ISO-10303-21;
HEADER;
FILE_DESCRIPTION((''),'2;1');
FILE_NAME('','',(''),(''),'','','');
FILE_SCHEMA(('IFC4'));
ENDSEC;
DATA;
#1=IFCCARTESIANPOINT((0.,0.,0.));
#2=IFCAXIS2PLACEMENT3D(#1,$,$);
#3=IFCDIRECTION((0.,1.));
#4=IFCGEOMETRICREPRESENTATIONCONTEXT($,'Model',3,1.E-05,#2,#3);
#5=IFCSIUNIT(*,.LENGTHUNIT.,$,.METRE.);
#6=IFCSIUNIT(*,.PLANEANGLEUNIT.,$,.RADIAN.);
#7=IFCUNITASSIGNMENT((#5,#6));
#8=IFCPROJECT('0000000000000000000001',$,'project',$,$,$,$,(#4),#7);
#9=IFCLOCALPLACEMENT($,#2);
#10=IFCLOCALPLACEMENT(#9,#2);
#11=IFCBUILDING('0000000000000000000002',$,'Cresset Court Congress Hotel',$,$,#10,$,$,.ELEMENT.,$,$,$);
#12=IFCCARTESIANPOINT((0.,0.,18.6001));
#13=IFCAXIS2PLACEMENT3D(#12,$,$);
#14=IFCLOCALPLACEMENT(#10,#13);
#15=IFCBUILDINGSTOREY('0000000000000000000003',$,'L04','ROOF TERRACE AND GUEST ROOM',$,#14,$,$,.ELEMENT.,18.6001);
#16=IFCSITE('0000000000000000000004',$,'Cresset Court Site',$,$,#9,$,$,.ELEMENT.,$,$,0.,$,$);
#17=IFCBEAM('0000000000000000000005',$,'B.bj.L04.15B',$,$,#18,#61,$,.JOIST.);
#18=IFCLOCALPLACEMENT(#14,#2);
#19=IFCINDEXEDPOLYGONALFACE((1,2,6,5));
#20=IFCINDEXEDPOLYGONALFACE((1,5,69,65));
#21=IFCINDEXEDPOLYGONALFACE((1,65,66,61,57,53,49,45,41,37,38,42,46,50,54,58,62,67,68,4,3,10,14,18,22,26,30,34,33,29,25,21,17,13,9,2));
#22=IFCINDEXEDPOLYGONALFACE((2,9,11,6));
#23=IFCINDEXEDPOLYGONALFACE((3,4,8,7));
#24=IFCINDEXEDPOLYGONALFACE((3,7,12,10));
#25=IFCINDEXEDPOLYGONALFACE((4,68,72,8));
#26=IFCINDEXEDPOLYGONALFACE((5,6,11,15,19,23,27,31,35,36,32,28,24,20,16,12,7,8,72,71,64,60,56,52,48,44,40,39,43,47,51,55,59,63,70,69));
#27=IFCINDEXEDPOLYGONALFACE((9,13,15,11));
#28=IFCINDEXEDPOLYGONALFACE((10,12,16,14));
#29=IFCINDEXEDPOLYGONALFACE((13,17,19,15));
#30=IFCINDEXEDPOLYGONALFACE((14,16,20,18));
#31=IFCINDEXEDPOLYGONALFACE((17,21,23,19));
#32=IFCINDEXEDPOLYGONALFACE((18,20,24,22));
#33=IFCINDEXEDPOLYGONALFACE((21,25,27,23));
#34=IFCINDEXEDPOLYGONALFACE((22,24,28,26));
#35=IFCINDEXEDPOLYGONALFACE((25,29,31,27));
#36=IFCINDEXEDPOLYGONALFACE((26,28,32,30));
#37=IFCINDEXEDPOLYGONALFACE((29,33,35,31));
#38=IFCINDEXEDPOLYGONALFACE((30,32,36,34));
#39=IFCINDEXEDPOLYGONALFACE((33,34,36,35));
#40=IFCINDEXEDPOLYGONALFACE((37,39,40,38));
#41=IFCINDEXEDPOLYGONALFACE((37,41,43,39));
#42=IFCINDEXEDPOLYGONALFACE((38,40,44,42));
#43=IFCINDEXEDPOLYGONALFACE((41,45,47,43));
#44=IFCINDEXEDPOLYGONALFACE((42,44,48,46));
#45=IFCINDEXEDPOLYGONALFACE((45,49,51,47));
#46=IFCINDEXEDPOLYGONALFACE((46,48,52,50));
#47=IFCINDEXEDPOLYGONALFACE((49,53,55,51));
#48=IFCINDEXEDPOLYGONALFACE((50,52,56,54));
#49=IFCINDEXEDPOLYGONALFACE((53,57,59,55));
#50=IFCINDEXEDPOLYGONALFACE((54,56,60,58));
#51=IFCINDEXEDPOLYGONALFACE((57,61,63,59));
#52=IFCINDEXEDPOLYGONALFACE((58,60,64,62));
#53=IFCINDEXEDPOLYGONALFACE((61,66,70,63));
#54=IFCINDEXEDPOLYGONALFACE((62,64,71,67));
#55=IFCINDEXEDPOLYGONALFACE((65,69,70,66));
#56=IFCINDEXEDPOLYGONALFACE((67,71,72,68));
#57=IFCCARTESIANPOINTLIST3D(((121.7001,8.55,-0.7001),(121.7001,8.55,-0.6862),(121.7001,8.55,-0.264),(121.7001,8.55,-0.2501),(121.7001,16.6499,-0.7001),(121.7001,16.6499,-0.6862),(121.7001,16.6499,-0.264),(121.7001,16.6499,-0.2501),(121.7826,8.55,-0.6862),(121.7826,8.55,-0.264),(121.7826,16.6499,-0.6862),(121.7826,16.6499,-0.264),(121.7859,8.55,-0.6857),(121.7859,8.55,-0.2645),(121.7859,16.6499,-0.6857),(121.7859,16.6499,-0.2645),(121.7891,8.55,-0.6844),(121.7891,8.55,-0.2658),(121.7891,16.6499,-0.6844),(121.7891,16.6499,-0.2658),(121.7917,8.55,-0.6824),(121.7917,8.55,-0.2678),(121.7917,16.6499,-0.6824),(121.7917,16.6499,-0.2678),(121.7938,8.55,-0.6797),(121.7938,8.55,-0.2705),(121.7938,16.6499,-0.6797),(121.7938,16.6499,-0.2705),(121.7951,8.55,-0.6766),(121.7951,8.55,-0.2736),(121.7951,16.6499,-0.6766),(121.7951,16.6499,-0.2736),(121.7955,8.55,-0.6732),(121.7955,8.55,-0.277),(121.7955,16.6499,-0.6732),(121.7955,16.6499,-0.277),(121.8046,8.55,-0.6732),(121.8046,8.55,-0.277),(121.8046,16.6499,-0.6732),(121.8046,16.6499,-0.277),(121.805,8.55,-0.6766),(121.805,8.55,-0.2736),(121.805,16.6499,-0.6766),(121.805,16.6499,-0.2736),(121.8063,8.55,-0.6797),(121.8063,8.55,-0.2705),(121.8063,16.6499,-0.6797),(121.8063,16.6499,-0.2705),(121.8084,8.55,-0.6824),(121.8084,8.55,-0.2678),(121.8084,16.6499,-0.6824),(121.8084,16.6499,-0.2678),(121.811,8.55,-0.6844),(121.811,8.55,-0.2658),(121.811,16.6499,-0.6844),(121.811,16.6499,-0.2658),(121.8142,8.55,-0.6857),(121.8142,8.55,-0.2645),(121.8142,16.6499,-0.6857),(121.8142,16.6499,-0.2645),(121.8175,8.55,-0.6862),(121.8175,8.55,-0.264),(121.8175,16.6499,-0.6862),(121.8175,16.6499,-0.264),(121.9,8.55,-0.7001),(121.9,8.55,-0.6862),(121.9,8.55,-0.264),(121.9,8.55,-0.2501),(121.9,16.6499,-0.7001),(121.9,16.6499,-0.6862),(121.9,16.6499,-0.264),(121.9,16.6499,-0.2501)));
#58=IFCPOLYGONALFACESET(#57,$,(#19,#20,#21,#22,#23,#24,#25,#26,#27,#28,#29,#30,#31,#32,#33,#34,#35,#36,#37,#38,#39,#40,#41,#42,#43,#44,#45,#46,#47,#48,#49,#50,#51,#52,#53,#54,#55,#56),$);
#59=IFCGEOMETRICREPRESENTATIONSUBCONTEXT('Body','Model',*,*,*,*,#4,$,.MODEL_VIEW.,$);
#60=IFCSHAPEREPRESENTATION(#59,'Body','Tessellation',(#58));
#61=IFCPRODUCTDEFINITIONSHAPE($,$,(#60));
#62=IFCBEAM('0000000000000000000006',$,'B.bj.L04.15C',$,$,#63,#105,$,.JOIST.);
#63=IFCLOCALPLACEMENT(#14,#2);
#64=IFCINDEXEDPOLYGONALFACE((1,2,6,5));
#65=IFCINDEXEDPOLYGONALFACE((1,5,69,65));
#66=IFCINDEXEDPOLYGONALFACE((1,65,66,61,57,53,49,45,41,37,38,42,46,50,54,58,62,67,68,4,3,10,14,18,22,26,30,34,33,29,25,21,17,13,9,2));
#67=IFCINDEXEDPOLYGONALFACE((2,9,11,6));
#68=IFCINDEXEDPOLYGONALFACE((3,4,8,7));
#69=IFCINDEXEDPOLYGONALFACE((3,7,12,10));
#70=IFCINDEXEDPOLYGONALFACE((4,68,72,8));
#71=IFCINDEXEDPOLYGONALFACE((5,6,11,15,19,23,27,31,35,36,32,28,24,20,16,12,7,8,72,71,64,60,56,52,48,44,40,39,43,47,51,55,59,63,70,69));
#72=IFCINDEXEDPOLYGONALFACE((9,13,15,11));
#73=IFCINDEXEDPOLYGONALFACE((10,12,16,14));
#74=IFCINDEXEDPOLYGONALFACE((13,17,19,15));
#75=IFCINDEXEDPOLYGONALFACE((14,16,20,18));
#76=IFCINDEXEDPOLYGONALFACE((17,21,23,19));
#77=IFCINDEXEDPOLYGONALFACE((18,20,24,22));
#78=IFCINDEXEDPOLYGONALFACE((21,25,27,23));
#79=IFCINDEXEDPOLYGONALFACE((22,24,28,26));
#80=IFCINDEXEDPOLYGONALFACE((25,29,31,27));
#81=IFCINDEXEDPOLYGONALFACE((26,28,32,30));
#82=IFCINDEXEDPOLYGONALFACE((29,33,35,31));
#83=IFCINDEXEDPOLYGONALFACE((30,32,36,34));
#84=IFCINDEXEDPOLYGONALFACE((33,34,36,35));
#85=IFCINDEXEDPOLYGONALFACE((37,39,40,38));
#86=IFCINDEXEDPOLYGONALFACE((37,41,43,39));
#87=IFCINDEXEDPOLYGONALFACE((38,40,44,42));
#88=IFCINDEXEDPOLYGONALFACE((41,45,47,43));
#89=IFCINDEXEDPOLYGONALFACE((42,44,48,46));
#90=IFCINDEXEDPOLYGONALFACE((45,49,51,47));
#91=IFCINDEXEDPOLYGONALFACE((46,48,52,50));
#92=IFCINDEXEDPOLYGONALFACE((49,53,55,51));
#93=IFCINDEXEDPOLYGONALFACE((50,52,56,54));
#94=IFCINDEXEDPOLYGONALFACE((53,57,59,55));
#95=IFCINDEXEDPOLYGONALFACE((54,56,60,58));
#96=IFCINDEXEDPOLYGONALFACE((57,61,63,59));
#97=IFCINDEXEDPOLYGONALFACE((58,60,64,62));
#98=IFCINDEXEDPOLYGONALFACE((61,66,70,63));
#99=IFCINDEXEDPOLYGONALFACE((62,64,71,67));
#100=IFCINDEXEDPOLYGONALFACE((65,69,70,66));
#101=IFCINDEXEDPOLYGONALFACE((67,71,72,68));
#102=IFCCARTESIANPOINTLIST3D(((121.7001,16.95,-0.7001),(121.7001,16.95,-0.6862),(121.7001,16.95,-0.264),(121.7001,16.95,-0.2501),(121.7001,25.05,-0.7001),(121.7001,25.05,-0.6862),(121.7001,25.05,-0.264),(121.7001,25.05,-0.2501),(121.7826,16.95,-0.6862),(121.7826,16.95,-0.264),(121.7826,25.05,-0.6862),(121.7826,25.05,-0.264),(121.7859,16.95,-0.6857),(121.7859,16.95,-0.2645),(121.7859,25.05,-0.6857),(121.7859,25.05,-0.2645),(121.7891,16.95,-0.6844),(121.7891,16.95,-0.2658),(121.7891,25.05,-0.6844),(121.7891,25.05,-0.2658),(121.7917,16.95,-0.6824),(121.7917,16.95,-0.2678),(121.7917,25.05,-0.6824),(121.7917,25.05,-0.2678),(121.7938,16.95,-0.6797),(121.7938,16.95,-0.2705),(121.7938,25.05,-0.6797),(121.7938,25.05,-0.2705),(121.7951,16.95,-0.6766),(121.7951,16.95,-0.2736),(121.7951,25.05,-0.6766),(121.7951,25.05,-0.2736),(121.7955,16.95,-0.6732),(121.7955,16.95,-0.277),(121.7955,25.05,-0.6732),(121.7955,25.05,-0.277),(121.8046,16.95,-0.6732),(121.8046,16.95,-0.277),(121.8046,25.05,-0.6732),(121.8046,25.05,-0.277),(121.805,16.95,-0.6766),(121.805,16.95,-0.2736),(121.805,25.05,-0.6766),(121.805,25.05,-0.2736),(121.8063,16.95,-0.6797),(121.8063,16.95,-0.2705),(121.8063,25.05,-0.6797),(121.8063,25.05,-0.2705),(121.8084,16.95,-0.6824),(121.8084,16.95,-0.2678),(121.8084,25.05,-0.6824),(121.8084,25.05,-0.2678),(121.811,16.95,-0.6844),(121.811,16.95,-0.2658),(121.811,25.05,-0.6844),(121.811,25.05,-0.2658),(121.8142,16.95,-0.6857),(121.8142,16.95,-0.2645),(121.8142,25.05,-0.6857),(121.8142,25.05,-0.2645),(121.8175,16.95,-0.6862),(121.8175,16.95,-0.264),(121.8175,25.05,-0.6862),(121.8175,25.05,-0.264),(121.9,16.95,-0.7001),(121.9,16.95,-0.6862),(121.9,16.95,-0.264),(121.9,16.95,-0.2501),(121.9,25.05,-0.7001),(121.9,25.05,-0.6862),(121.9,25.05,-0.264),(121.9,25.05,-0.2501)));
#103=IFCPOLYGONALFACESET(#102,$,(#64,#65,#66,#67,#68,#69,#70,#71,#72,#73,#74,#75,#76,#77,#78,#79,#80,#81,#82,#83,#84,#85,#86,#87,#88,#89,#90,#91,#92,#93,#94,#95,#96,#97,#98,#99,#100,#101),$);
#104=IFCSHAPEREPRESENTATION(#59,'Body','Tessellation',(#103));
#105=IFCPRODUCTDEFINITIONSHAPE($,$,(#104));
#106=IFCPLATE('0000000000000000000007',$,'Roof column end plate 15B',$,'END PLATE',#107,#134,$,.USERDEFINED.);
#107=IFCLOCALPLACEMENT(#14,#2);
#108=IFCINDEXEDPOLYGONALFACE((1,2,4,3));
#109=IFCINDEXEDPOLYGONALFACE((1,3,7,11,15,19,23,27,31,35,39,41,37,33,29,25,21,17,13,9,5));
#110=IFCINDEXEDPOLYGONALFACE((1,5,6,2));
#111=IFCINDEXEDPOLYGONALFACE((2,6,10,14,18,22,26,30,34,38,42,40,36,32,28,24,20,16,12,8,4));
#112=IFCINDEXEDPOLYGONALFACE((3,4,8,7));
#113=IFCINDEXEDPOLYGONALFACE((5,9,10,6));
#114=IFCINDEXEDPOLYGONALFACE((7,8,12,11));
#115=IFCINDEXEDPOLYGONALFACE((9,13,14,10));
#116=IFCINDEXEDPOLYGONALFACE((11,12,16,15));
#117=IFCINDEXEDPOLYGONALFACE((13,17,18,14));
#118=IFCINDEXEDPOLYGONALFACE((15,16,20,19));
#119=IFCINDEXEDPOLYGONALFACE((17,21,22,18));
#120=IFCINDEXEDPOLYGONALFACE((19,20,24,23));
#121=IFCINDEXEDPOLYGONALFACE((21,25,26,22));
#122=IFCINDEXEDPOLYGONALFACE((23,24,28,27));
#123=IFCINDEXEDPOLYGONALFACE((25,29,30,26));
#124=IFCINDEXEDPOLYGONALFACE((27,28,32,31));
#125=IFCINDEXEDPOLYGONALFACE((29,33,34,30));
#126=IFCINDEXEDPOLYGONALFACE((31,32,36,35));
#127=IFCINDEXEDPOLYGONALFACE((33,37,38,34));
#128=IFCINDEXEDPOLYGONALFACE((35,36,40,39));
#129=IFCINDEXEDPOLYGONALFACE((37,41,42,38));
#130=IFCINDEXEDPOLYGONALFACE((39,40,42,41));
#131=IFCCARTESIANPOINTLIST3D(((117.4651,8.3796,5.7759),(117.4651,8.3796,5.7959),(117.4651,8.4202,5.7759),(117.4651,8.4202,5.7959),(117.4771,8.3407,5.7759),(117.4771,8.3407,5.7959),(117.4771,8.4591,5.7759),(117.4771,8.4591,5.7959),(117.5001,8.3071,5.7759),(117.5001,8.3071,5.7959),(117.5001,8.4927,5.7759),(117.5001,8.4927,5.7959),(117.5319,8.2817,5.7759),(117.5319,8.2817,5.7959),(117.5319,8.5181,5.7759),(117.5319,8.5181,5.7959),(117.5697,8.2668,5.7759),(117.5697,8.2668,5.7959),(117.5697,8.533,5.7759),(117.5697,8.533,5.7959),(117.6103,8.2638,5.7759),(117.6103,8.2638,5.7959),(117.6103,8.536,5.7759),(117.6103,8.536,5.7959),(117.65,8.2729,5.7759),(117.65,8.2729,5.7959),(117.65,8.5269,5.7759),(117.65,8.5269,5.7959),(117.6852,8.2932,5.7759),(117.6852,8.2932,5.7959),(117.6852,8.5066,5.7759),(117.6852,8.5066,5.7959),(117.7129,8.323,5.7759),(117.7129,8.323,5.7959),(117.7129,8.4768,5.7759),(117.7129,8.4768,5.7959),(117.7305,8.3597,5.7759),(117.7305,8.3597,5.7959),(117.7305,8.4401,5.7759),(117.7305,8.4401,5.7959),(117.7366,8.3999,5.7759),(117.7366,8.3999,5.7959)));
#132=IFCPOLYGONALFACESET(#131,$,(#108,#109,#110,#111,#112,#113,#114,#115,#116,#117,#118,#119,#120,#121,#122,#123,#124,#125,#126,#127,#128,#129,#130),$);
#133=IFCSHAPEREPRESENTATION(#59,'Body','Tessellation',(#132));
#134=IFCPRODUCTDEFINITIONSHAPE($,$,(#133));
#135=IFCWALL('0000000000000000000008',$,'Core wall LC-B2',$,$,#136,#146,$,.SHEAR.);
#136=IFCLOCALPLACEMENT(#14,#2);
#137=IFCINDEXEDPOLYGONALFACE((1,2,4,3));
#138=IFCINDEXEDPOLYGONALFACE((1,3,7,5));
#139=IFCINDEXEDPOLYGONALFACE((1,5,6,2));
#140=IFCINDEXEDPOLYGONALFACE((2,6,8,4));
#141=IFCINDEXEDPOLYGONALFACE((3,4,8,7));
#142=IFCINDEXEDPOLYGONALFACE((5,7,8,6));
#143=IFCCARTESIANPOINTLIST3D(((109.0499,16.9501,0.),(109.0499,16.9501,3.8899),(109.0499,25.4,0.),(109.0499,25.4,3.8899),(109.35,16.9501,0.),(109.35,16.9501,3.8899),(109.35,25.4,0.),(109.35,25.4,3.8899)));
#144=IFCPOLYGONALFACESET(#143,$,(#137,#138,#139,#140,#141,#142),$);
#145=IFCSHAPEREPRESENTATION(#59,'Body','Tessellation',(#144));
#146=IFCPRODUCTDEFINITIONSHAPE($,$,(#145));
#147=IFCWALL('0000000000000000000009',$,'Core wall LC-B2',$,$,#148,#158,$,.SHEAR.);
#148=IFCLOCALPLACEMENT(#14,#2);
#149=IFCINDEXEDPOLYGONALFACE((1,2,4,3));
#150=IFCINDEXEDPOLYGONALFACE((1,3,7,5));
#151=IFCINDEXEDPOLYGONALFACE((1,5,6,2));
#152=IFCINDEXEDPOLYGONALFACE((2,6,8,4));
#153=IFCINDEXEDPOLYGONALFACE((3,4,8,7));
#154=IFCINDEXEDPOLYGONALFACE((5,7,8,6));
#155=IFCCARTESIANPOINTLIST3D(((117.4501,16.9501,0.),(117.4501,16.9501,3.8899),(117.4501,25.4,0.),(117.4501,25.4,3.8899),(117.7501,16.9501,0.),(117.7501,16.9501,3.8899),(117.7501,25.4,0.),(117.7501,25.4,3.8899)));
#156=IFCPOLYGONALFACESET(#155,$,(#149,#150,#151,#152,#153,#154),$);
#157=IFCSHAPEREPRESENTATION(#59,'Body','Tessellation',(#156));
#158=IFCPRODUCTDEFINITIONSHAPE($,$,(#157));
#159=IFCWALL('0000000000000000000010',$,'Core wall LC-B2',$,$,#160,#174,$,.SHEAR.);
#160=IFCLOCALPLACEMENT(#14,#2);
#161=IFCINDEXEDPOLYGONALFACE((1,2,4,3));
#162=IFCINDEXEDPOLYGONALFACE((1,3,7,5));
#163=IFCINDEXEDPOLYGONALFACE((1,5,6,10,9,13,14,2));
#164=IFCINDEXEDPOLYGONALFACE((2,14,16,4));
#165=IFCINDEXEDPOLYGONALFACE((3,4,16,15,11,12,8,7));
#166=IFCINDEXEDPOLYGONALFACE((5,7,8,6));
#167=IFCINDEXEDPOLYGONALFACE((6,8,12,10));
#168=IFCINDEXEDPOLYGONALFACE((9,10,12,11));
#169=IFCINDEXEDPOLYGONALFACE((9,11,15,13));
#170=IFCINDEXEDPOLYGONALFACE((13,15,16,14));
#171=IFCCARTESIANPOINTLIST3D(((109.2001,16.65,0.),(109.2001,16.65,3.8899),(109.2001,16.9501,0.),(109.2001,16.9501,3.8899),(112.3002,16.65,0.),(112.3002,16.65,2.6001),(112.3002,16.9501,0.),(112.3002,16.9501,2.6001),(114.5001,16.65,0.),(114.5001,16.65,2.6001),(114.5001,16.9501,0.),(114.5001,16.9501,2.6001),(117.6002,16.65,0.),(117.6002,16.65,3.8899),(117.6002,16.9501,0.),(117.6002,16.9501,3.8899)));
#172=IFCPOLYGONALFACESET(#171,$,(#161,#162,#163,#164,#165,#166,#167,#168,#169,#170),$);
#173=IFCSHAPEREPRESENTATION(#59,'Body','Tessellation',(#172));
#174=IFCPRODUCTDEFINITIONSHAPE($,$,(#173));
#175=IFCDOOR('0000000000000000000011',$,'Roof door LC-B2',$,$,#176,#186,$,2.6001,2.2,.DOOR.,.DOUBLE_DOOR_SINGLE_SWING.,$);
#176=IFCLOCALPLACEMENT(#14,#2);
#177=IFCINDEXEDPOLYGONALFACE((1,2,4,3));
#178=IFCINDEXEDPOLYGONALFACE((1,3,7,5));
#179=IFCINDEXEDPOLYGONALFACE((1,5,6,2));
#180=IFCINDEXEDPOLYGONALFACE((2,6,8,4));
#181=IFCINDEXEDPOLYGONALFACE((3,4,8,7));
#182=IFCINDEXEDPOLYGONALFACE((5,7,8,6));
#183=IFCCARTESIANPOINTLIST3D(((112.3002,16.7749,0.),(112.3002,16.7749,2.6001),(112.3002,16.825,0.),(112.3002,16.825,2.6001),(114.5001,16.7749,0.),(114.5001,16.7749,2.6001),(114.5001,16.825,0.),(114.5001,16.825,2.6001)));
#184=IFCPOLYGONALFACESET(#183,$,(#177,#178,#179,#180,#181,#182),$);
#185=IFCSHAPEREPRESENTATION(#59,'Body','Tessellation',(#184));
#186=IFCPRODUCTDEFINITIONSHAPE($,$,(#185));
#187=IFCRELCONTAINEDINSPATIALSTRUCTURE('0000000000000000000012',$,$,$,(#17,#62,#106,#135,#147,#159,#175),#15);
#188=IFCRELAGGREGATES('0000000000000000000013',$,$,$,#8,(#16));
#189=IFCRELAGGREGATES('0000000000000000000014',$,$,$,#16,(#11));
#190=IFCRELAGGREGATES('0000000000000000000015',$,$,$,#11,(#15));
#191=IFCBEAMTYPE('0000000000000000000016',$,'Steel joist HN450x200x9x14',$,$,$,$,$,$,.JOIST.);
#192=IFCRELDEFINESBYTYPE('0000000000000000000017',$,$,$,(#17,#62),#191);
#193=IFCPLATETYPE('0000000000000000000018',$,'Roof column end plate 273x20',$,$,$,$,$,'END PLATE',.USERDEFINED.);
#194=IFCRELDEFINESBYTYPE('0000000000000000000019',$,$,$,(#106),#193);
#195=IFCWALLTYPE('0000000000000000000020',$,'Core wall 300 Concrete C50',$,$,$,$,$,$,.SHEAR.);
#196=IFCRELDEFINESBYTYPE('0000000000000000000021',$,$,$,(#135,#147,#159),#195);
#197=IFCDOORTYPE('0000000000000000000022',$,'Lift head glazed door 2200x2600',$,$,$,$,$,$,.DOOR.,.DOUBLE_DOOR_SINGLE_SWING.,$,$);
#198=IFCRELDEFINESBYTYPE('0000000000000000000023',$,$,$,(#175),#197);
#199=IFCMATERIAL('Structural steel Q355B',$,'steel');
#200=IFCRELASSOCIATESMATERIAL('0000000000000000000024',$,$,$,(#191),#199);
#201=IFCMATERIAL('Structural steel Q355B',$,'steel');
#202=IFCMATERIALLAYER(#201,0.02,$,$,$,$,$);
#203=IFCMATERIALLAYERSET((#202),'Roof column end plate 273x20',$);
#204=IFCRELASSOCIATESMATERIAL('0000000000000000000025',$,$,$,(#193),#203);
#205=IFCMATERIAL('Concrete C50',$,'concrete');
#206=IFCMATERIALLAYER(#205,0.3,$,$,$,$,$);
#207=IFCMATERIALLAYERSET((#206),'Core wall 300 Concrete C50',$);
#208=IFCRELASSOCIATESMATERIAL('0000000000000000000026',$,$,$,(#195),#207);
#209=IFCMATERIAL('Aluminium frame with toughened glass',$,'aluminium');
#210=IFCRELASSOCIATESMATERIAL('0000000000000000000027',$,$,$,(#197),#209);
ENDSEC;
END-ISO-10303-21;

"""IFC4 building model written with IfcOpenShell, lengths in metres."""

from ifc_helpers import new_model, si_unit, direction, frame, frame_2d, origin, origin_2d, place, context, subcontext, project, spatial, rectangle, circle, i_section, extrude, material, layer, layer_set, material_profile, profile_set, type_object, element, fill, save


model = new_model("IFC4")

# Units and contexts
model_context = context("Model", 3, precision=1e-05, world=origin(), true_north=direction((0.0, 1.0)))
body_context = subcontext(model_context, "Body", "Model", "MODEL_VIEW")
ifc_project = project(units=[si_unit("LENGTHUNIT", "METRE"), si_unit("PLANEANGLEUNIT", "RADIAN")], contexts=[model_context])

# Site, building, storey
site_placement = place(None, origin())
site = spatial("IfcSite", under=ifc_project, at=site_placement, Name="Cresset Court Site", CompositionType="ELEMENT", RefElevation=0.0)
building_placement = place(site_placement, origin())
building = spatial("IfcBuilding", under=site, at=building_placement, Name="Cresset Court Congress Hotel", CompositionType="ELEMENT")
storey_placement = place(building_placement, frame((0.0, 0.0, 18.6001)))
storey = spatial("IfcBuildingStorey", under=building, at=storey_placement, Name="L04", Description="ROOF TERRACE AND GUEST ROOM", CompositionType="ELEMENT", Elevation=18.6001)

# Beams
ifc_material_1 = material(Name="Structural steel Q355B", Category="steel")
ifc_material_profile_1 = material_profile(ifc_material_1, i_section(OverallWidth=0.2, OverallDepth=0.45, WebThickness=0.009, FlangeThickness=0.0139, FilletRadius=0.0129, at=origin_2d()), Name="HN450x200x9x14")
ifc_profile_set_1 = profile_set([ifc_material_profile_1], Name="Structural steel Q355B")
beam_type_1 = type_object("IfcBeamType", Name="Steel joist HN450x200x9x14", PredefinedType="JOIST", material=ifc_profile_set_1)
for number, where, z_axis, x_axis, name in (
    (1, (121.8, 8.55, -0.4751), (0.0, 1.0, 0.0), (-1.0, 0.0, 0.0), "B.bj.L04.15B"),
):
    element("IfcBeam", number, at=place(storey_placement, frame(where, z_axis=z_axis, x_axis=x_axis)), inside=storey, type_object=beam_type_1, Name=name, PredefinedType="JOIST", context=body_context, shape_type="SweptSolid", body=[
        extrude(i_section(OverallWidth=0.2, OverallDepth=0.45, WebThickness=0.009, FlangeThickness=0.0139, FilletRadius=0.0129, at=origin_2d()), origin(), (0.0, 0.0, 1.0), 8.0999),
    ])
beam_1_placement = place(storey_placement, frame((121.8, 16.95, -0.4751), z_axis=(0.0, 1.0, 0.0), x_axis=(-1.0, 0.0, 0.0)))
element("IfcBeam", 2, at=beam_1_placement, inside=storey, type_object=beam_type_1, Name="B.bj.L04.15C", PredefinedType="JOIST", context=body_context, shape_type="SweptSolid", body=[
    extrude(i_section(OverallWidth=0.2, OverallDepth=0.45, WebThickness=0.009, FlangeThickness=0.0139, FilletRadius=0.0129, at=origin_2d()), origin(), (0.0, 0.0, 1.0), 8.1001),
])

# Plate
ifc_material_2 = material(Name="Structural steel Q355B", Category="steel")
ifc_layer_1 = layer(ifc_material_2, 0.02)
ifc_layer_set_1 = layer_set([ifc_layer_1], Name="Roof column end plate 273x20")
plate_type = type_object("IfcPlateType", Name="Roof column end plate 273x20", ElementType="END PLATE", PredefinedType="USERDEFINED", material=ifc_layer_set_1)
plate_placement = place(storey_placement, frame((117.6001, 8.3999, 5.7759), z_axis=(0.0, 0.0, 1.0), x_axis=(1.0, 0.0, 0.0)))
element("IfcPlate", 3, at=plate_placement, inside=storey, type_object=plate_type, Name="Roof column end plate 15B", ObjectType="END PLATE", PredefinedType="USERDEFINED", context=body_context, shape_type="SweptSolid", body=[
    extrude(circle(Radius=0.1365, at=origin_2d()), origin(), (0.0, 0.0, 1.0), 0.02),
])

# Walls
ifc_material_3 = material(Name="Concrete C50", Category="concrete")
ifc_layer_2 = layer(ifc_material_3, 0.3)
ifc_layer_set_2 = layer_set([ifc_layer_2], Name="Core wall 300 Concrete C50")
wall_type_1 = type_object("IfcWallType", Name="Core wall 300 Concrete C50", PredefinedType="SHEAR", material=ifc_layer_set_2)
for number, where, z_axis, x_axis, name in (
    (4, (109.2, 16.95, 0.0), (0.0, 0.0, 1.0), (0.0, 1.0, 0.0), "Core wall LC-B2"),
    (5, (117.6001, 16.95, 0.0), (0.0, 0.0, 1.0), (0.0, 1.0, 0.0), "Core wall LC-B2"),
):
    element("IfcWall", number, at=place(storey_placement, frame(where, z_axis=z_axis, x_axis=x_axis)), inside=storey, type_object=wall_type_1, Name=name, PredefinedType="SHEAR", context=body_context, shape_type="SweptSolid", body=[
        extrude(rectangle(XDim=8.45, YDim=0.3, at=frame_2d((4.2251, 0.0))), origin(), (0.0, 0.0, 1.0), 3.8899),
    ])

# Wall, opening, door
wall_1_placement = place(storey_placement, frame((109.2, 16.8, 0.0), z_axis=(0.0, 0.0, 1.0), x_axis=(1.0, 0.0, 0.0)))
wall_1 = element("IfcWall", 6, at=wall_1_placement, inside=storey, type_object=wall_type_1, Name="Core wall LC-B2", PredefinedType="SHEAR", context=body_context, shape_type="SweptSolid", body=[
    extrude(rectangle(XDim=8.4001, YDim=0.3, at=frame_2d((4.2002, 0.0))), origin(), (0.0, 0.0, 1.0), 3.8899),
])
opening_1_placement = place(wall_1_placement, frame((3.1001, 0.0, 0.0)))
opening_1 = element("IfcOpeningElement", 7, at=opening_1_placement, cuts=wall_1, PredefinedType="OPENING", context=body_context, shape_type="SweptSolid", body=[
    extrude(rectangle(XDim=2.2, YDim=2.6001, at=frame_2d((1.1001, 1.3))), frame((0.0, 0.1599, 0.0), z_axis=(0.0, -1.0, 0.0), x_axis=(1.0, 0.0, 0.0)), (0.0, 0.0, 1.0), 0.3201),
])
ifc_material_4 = material(Name="Aluminium frame with toughened glass", Category="aluminium")
door_type_1 = type_object("IfcDoorType", Name="Lift head glazed door 2200x2600", OperationType="DOUBLE_DOOR_SINGLE_SWING", PredefinedType="DOOR", material=ifc_material_4)
door_1_placement = place(opening_1_placement, origin())
door_1 = element("IfcDoor", 8, at=door_1_placement, inside=storey, type_object=door_type_1, Name="Roof door LC-B2", OperationType="DOUBLE_DOOR_SINGLE_SWING", OverallHeight=2.6001, OverallWidth=2.2, PredefinedType="DOOR", context=body_context, shape_type="SweptSolid", body=[
    extrude(rectangle(XDim=2.2, YDim=2.6001, at=frame_2d((1.1001, 1.3))), frame((0.0, 0.0249, 0.0), z_axis=(0.0, -1.0, 0.0), x_axis=(1.0, 0.0, 0.0)), (0.0, 0.0, 1.0), 0.05),
])
fill(opening_1, door_1)

save(model, "model.ifc")
